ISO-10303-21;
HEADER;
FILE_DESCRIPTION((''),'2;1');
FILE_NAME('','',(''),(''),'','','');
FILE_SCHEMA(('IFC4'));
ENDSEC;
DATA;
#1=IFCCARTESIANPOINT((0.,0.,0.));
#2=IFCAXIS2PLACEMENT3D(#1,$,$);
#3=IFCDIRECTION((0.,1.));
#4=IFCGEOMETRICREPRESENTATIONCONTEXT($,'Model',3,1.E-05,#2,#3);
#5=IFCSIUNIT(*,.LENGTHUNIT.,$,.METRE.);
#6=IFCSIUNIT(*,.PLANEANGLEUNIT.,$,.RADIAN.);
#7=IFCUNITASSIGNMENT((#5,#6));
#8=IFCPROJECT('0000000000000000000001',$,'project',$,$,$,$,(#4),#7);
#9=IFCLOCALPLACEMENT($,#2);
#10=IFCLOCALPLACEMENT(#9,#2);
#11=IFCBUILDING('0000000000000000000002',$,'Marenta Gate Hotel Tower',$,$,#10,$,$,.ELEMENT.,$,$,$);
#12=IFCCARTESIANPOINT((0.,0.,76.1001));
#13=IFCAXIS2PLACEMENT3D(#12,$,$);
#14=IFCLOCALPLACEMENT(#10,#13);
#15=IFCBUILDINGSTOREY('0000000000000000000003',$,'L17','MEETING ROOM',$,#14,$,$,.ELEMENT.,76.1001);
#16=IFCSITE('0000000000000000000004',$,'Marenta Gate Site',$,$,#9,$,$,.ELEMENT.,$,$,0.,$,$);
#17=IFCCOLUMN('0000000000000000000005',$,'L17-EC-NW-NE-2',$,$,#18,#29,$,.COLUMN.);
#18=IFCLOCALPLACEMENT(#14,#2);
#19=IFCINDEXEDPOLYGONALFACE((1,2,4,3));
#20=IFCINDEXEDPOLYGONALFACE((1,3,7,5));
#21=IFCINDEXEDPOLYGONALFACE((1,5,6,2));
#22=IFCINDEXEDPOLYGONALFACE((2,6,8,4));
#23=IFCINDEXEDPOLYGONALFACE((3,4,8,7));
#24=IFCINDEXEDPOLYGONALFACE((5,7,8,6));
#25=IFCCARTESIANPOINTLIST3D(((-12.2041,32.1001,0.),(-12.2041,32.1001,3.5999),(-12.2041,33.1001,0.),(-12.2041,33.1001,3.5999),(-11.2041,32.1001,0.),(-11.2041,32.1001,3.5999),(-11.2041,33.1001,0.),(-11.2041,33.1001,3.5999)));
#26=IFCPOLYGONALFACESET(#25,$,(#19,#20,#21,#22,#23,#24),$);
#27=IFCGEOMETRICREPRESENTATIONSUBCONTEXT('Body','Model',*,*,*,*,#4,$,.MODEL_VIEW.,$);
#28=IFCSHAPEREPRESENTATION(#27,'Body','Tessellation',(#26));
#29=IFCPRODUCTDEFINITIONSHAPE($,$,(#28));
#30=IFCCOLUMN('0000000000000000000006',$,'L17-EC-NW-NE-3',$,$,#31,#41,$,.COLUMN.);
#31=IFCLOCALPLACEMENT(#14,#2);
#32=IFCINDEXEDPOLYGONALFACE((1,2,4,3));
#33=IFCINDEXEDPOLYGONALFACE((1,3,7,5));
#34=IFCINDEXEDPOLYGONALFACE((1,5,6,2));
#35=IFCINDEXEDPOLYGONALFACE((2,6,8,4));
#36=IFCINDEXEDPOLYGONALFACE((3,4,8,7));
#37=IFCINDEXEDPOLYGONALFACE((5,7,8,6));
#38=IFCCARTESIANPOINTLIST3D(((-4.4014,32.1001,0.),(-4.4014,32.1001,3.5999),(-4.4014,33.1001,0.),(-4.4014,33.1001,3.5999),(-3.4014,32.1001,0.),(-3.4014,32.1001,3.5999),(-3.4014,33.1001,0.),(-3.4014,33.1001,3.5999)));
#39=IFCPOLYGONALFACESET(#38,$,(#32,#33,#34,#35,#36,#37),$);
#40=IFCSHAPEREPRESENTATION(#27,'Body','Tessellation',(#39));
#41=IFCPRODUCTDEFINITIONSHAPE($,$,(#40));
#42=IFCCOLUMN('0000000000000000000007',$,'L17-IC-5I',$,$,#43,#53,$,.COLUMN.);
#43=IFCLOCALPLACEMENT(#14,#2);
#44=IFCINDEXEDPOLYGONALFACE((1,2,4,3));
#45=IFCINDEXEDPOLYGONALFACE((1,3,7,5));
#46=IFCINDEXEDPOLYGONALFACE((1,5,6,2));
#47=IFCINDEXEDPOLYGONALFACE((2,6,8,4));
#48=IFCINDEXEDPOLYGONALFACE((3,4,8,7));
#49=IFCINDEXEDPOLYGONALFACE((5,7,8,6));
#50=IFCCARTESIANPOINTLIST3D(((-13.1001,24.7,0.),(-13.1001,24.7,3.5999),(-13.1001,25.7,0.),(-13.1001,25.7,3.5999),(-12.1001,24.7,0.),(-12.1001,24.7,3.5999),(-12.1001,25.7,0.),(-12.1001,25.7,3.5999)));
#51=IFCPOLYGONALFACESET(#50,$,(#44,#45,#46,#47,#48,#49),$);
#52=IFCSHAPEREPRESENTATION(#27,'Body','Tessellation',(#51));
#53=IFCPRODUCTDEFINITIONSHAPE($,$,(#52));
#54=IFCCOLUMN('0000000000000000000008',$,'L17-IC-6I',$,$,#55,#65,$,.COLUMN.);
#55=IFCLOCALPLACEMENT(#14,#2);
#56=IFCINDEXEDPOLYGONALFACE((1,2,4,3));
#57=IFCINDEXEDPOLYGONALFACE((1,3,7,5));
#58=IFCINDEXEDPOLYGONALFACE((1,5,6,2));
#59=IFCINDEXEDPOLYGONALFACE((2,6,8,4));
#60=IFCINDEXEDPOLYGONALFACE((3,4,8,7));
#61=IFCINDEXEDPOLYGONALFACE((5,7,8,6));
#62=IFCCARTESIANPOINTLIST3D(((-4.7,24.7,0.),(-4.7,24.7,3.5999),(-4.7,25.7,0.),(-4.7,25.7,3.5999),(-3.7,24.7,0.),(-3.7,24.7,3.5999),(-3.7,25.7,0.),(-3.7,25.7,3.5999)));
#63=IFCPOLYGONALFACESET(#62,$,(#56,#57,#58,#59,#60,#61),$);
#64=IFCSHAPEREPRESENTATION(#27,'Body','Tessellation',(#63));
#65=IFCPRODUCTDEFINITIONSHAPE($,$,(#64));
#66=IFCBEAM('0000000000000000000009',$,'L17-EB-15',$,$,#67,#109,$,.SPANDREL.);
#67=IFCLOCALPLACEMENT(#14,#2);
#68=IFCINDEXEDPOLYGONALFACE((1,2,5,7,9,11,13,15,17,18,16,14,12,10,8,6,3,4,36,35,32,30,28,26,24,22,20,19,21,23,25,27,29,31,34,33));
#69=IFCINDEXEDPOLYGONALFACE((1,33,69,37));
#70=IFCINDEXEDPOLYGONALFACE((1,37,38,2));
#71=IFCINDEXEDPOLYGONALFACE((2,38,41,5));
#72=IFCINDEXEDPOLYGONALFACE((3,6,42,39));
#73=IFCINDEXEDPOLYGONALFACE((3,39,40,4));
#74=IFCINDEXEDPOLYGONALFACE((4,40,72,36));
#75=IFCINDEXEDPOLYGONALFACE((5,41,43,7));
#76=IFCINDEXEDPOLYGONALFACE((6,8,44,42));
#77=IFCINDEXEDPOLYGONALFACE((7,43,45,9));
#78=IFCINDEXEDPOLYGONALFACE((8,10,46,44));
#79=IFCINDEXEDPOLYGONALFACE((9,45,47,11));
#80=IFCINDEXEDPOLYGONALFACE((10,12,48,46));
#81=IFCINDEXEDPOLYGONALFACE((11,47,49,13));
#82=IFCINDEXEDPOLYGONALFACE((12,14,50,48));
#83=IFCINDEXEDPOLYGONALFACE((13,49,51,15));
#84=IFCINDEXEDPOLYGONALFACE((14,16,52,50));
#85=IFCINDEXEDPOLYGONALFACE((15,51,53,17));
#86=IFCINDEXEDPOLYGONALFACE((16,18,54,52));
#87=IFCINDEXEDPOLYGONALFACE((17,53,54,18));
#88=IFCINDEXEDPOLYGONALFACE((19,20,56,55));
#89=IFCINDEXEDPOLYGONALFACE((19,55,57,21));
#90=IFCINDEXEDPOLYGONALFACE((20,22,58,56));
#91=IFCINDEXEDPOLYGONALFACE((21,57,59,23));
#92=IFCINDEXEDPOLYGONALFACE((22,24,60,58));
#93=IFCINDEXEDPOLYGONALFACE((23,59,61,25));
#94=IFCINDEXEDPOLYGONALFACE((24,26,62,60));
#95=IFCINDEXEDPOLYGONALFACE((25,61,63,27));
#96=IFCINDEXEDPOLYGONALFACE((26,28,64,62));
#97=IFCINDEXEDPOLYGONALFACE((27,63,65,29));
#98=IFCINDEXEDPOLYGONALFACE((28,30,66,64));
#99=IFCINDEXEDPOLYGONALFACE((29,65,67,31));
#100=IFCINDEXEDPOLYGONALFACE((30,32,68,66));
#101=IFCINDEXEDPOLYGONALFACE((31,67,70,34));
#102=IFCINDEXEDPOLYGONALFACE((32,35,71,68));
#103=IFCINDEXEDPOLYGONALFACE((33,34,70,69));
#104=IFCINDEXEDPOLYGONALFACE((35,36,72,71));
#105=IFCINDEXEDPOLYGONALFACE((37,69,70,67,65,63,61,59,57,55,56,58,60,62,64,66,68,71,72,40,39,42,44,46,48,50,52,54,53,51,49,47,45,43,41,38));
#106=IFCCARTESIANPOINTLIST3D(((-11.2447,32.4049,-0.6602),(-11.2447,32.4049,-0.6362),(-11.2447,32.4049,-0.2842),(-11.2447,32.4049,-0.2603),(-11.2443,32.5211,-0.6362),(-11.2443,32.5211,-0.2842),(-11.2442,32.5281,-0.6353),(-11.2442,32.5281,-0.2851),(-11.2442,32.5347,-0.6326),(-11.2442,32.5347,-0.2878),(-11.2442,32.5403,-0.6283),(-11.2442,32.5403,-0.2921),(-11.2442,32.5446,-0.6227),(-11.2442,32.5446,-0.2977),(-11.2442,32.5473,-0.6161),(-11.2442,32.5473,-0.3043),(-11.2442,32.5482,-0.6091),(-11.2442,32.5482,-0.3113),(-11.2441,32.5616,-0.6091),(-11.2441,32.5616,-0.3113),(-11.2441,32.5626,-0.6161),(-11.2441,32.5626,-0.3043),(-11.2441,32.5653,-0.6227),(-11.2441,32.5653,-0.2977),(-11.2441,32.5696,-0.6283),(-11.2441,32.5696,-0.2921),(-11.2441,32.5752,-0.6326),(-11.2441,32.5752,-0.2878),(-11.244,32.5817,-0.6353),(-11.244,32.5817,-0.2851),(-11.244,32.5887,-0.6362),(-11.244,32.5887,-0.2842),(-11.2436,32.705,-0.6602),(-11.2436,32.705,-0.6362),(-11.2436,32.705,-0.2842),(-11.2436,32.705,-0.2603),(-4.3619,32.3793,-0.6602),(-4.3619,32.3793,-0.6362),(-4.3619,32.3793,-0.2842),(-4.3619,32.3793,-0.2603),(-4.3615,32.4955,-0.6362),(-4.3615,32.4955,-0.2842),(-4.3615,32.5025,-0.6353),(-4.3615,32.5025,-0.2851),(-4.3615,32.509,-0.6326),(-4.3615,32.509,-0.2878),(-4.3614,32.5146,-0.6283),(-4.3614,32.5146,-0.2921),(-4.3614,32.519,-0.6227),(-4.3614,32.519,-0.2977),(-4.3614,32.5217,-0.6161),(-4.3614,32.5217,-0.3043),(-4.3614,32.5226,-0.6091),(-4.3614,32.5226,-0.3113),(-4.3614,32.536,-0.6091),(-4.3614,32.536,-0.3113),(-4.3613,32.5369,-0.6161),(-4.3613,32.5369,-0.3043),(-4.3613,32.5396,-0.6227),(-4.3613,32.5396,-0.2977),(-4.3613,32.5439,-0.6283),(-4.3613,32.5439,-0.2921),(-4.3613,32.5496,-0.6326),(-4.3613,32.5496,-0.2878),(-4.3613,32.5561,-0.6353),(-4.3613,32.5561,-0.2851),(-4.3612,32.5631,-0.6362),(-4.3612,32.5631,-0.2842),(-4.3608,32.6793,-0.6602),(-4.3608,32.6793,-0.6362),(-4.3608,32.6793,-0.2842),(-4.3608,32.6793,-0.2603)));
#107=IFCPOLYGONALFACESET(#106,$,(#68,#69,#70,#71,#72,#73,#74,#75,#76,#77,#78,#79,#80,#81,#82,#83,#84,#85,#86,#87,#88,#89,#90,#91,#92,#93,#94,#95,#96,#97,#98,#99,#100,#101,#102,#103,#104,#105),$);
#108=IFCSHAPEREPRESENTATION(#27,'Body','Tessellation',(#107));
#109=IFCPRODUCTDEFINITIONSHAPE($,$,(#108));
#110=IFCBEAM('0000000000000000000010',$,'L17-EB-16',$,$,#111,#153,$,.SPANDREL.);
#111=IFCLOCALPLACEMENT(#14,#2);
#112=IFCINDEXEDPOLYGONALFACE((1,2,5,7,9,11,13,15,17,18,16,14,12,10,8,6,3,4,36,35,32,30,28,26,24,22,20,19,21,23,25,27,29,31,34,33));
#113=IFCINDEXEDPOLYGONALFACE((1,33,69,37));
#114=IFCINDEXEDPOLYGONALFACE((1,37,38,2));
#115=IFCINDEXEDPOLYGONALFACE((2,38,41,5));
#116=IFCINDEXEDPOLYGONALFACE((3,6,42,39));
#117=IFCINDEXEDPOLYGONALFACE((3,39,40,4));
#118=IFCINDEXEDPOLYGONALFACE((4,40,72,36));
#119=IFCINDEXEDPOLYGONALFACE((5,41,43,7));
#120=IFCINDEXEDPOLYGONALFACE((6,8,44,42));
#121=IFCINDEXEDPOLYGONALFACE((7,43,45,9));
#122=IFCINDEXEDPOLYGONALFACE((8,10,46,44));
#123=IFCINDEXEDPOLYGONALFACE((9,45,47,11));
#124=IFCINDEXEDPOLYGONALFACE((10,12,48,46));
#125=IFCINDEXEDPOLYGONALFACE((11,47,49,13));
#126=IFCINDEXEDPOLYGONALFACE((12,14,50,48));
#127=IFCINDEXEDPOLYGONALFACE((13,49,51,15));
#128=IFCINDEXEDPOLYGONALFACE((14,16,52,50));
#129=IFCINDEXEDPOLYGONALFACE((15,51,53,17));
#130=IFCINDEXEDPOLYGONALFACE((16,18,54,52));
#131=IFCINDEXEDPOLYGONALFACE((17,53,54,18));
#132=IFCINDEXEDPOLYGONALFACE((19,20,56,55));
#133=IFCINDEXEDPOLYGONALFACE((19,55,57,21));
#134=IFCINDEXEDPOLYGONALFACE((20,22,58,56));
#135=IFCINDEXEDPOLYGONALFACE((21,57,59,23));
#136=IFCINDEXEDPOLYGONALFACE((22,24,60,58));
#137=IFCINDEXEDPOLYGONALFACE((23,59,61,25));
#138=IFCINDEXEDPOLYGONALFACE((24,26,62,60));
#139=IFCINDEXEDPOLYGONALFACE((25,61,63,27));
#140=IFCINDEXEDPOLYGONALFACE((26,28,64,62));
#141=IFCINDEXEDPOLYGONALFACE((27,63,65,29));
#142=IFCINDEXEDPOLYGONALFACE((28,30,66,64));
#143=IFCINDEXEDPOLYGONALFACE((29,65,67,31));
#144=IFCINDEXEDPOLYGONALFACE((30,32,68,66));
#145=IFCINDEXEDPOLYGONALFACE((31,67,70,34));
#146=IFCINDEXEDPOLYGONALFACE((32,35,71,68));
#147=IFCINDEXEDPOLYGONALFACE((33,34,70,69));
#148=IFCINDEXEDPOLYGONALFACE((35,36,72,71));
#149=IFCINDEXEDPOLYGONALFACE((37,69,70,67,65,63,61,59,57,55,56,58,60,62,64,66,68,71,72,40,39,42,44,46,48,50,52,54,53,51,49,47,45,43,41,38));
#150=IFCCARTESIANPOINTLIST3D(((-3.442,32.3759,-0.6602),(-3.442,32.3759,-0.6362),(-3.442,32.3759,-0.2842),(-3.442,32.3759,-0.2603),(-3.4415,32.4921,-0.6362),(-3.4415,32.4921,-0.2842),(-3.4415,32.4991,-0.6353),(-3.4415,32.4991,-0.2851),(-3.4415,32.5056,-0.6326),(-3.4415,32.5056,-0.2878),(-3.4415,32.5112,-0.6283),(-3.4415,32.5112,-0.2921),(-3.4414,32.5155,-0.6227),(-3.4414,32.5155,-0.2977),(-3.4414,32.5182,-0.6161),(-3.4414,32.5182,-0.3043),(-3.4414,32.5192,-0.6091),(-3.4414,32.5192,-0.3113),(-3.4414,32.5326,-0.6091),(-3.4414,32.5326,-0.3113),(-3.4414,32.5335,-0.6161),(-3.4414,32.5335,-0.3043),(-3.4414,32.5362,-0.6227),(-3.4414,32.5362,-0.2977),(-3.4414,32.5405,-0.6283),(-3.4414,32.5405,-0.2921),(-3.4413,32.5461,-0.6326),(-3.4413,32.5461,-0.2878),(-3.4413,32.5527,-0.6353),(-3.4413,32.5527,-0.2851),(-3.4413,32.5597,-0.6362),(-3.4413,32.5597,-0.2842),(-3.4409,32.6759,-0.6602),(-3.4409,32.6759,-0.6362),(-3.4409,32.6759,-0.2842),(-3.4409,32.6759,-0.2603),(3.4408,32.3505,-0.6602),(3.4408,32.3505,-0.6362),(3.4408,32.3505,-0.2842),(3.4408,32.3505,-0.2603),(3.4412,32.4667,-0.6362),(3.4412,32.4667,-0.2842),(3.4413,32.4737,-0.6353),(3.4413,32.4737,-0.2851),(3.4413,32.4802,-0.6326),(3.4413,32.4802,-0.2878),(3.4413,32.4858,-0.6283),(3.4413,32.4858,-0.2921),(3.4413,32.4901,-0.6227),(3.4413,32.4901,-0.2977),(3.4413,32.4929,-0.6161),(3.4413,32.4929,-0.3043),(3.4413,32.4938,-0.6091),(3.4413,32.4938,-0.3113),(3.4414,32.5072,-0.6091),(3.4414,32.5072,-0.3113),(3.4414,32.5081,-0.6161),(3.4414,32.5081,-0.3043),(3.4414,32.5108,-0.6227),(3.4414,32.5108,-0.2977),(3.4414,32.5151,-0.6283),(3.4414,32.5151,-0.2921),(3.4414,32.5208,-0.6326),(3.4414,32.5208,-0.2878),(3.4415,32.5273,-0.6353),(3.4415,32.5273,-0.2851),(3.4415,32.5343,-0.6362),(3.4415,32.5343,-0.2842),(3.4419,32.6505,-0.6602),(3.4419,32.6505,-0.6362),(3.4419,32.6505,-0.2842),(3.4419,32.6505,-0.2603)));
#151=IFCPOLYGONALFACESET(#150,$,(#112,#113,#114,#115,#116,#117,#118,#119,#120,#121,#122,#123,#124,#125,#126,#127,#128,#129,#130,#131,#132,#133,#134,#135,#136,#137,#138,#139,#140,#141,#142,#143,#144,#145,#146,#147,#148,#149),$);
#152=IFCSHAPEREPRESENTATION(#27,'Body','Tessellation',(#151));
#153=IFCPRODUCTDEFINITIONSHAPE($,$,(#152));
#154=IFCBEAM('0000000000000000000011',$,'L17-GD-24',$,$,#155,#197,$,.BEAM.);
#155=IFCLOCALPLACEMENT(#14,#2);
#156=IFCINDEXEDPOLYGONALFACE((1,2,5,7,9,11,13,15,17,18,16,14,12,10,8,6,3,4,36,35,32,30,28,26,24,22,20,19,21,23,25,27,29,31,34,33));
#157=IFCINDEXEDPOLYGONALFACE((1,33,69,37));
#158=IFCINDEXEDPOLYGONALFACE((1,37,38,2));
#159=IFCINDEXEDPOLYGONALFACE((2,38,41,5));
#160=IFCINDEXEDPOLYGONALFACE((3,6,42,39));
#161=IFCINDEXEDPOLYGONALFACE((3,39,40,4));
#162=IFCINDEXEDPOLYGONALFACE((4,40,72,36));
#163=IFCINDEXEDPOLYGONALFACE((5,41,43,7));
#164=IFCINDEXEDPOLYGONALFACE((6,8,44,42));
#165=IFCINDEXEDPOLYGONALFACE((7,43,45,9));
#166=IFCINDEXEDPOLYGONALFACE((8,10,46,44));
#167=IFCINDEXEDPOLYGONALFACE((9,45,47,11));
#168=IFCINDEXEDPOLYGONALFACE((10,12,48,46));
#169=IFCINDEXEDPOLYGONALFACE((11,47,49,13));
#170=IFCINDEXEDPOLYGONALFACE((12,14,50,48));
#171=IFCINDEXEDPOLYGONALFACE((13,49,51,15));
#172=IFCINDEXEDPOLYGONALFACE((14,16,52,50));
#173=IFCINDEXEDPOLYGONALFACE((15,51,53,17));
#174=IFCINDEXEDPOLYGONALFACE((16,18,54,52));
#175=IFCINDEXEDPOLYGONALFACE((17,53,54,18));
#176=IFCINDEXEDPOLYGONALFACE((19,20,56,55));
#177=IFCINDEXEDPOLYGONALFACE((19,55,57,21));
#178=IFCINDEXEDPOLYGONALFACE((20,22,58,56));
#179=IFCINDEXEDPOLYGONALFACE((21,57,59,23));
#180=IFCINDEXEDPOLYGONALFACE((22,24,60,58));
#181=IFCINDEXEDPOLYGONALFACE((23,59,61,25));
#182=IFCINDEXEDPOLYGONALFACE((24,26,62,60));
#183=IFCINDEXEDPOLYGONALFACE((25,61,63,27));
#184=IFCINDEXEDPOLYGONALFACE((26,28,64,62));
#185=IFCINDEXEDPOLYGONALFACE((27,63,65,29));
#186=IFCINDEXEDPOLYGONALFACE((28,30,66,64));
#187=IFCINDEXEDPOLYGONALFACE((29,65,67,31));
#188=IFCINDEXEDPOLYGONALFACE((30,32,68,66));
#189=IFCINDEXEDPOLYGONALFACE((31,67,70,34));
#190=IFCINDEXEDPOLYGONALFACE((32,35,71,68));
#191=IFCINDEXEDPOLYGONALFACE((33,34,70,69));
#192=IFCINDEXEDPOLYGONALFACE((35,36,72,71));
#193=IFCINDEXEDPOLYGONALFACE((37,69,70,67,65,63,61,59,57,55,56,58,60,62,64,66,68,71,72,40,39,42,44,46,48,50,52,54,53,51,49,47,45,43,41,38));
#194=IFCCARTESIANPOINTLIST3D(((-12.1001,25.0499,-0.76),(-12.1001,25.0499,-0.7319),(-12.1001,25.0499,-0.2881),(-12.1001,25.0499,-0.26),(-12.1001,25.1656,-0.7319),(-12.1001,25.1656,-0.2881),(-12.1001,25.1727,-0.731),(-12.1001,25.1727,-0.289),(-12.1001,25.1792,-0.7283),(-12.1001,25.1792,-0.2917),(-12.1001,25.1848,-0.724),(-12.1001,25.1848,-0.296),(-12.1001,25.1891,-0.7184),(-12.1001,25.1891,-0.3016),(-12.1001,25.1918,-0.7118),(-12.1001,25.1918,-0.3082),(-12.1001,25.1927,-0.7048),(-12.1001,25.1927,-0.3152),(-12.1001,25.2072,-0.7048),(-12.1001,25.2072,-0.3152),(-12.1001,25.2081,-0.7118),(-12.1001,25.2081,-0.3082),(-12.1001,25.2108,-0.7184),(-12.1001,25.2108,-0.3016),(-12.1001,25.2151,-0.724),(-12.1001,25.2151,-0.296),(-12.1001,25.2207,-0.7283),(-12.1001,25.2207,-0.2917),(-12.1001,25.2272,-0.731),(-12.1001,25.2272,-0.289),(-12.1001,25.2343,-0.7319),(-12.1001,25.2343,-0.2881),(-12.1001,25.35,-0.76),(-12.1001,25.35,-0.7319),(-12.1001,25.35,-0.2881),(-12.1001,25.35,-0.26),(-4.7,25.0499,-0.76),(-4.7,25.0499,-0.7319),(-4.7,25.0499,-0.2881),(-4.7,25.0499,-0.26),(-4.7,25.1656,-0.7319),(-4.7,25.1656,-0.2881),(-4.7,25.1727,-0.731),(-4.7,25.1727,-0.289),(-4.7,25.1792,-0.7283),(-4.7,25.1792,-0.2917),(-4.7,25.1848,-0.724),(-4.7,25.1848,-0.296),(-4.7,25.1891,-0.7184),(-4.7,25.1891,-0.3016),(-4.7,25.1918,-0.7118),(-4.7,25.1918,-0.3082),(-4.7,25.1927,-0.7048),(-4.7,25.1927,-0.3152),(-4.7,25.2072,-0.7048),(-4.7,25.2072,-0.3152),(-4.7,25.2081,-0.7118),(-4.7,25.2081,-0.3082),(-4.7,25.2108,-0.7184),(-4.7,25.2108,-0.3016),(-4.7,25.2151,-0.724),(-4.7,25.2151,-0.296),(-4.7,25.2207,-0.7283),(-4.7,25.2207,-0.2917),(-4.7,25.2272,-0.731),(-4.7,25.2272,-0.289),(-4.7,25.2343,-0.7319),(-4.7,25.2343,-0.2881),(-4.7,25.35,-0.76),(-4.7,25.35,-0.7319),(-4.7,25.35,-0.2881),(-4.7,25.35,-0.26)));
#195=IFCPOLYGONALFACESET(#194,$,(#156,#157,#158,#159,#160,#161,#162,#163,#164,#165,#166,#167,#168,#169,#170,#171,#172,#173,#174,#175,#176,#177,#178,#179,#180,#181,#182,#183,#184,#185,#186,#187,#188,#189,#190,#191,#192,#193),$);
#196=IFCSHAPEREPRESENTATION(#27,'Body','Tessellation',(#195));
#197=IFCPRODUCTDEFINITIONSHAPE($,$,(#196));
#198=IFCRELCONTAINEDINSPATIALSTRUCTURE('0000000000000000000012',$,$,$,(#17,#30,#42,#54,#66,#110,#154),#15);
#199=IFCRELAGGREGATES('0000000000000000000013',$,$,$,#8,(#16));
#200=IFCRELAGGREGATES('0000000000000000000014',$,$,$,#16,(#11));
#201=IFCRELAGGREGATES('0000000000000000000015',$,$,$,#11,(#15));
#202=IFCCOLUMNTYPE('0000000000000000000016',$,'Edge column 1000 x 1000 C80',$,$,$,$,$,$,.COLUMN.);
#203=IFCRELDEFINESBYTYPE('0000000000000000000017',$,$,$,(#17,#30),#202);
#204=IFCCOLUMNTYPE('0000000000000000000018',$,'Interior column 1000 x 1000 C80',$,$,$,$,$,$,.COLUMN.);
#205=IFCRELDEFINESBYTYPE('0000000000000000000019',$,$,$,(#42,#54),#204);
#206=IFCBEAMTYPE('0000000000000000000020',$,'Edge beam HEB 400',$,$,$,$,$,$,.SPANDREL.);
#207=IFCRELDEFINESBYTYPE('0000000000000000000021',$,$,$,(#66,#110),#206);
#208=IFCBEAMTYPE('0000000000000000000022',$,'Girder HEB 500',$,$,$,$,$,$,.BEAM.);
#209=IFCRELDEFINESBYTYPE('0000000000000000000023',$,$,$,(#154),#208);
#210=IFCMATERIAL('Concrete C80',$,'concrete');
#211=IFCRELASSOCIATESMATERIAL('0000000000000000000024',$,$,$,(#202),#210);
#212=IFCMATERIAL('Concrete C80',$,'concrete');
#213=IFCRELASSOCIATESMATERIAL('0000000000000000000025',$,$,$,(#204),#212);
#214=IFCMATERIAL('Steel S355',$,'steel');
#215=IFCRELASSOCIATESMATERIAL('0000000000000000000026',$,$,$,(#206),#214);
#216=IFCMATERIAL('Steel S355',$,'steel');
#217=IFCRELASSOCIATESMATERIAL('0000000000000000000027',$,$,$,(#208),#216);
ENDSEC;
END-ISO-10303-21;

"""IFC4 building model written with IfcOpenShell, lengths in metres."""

from ifc_helpers import new_model, si_unit, direction, frame, origin, origin_2d, place, context, subcontext, project, spatial, rectangle, i_section, extrude, material, material_profile, profile_set, type_object, element, save


model = new_model("IFC4")

# Units and contexts
model_context = context("Model", 3, precision=1e-05, world=origin(), true_north=direction((0.0, 1.0)))
body_context = subcontext(model_context, "Body", "Model", "MODEL_VIEW")
ifc_project = project(units=[si_unit("LENGTHUNIT", "METRE"), si_unit("PLANEANGLEUNIT", "RADIAN")], contexts=[model_context])

# Site, building, storey
site_placement = place(None, origin())
site = spatial("IfcSite", under=ifc_project, at=site_placement, Name="Marenta Gate Site", CompositionType="ELEMENT", RefElevation=0.0)
building_placement = place(site_placement, origin())
building = spatial("IfcBuilding", under=site, at=building_placement, Name="Marenta Gate Hotel Tower", CompositionType="ELEMENT")
storey_placement = place(building_placement, frame((0.0, 0.0, 76.1001)))
storey = spatial("IfcBuildingStorey", under=building, at=storey_placement, Name="L17", Description="MEETING ROOM", CompositionType="ELEMENT", Elevation=76.1001)

# Columns
ifc_material_1 = material(Name="Concrete C80", Category="concrete")
ifc_material_profile_1 = material_profile(ifc_material_1, rectangle(XDim=1.0, YDim=1.0, at=origin_2d()), Name="1000 x 1000")
ifc_profile_set_1 = profile_set([ifc_material_profile_1], Name="Concrete C80")
column_type_1 = type_object("IfcColumnType", Name="Edge column 1000 x 1000 C80", PredefinedType="COLUMN", material=ifc_profile_set_1)
for number, where, z_axis, x_axis, name in (
    (1, (-11.7041, 32.6001, 0.0), (0.0, 0.0, 1.0), (1.0, 0.0, 0.0), "L17-EC-NW-NE-2"),
    (2, (-3.9014, 32.6001, 0.0), (0.0, 0.0, 1.0), (1.0, 0.0, 0.0), "L17-EC-NW-NE-3"),
):
    element("IfcColumn", number, at=place(storey_placement, frame(where, z_axis=z_axis, x_axis=x_axis)), inside=storey, type_object=column_type_1, Name=name, PredefinedType="COLUMN", context=body_context, shape_type="SweptSolid", body=[
        extrude(rectangle(XDim=1.0, YDim=1.0, at=origin_2d()), origin(), (0.0, 0.0, 1.0), 3.5999),
    ])
ifc_material_2 = material(Name="Concrete C80", Category="concrete")
ifc_material_profile_2 = material_profile(ifc_material_2, rectangle(XDim=1.0, YDim=1.0, at=origin_2d()), Name="1000 x 1000")
ifc_profile_set_2 = profile_set([ifc_material_profile_2], Name="Concrete C80")
column_type_2 = type_object("IfcColumnType", Name="Interior column 1000 x 1000 C80", PredefinedType="COLUMN", material=ifc_profile_set_2)
for number, where, z_axis, x_axis, name in (
    (3, (-12.6001, 25.2, 0.0), (0.0, 0.0, 1.0), (1.0, 0.0, 0.0), "L17-IC-5I"),
    (4, (-4.2, 25.2, 0.0), (0.0, 0.0, 1.0), (1.0, 0.0, 0.0), "L17-IC-6I"),
):
    element("IfcColumn", number, at=place(storey_placement, frame(where, z_axis=z_axis, x_axis=x_axis)), inside=storey, type_object=column_type_2, Name=name, PredefinedType="COLUMN", context=body_context, shape_type="SweptSolid", body=[
        extrude(rectangle(XDim=1.0, YDim=1.0, at=origin_2d()), origin(), (0.0, 0.0, 1.0), 3.5999),
    ])

# Beams
ifc_material_3 = material(Name="Steel S355", Category="steel")
ifc_material_profile_3 = material_profile(ifc_material_3, i_section(OverallWidth=0.3, OverallDepth=0.3999, WebThickness=0.0134, FlangeThickness=0.0239, FilletRadius=0.0271, at=origin_2d()), Name="HEB 400")
ifc_profile_set_3 = profile_set([ifc_material_profile_3], Name="Steel S355")
beam_type_1 = type_object("IfcBeamType", Name="Edge beam HEB 400", PredefinedType="SPANDREL", material=ifc_profile_set_3)
for number, where, z_axis, x_axis, name in (
    (5, (-11.2441, 32.5549, -0.4602), (0.999993, -0.003724, 0.0), (0.003724, 0.999993, 0.0), "L17-EB-15"),
    (6, (-3.4414, 32.5259, -0.4602), (0.999993, -0.003689, 0.0), (0.003689, 0.999993, 0.0), "L17-EB-16"),
):
    element("IfcBeam", number, at=place(storey_placement, frame(where, z_axis=z_axis, x_axis=x_axis)), inside=storey, type_object=beam_type_1, Name=name, PredefinedType="SPANDREL", context=body_context, shape_type="SweptSolid", body=[
        extrude(i_section(OverallWidth=0.3, OverallDepth=0.3999, WebThickness=0.0134, FlangeThickness=0.0239, FilletRadius=0.0271, at=origin_2d()), origin(), (0.0, 0.0, 1.0), 6.8828),
    ])
ifc_material_4 = material(Name="Steel S355", Category="steel")
ifc_material_profile_4 = material_profile(ifc_material_4, i_section(OverallWidth=0.3, OverallDepth=0.5, WebThickness=0.0144, FlangeThickness=0.0281, FilletRadius=0.0271, at=origin_2d()), Name="HEB 500")
ifc_profile_set_4 = profile_set([ifc_material_profile_4], Name="Steel S355")
beam_type_2 = type_object("IfcBeamType", Name="Girder HEB 500", PredefinedType="BEAM", material=ifc_profile_set_4)
beam_1_placement = place(storey_placement, frame((-12.1001, 25.2, -0.51), z_axis=(1.0, 0.0, 0.0), x_axis=(0.0, 1.0, 0.0)))
element("IfcBeam", 7, at=beam_1_placement, inside=storey, type_object=beam_type_2, Name="L17-GD-24", PredefinedType="BEAM", context=body_context, shape_type="SweptSolid", body=[
    extrude(i_section(OverallWidth=0.3, OverallDepth=0.5, WebThickness=0.0144, FlangeThickness=0.0281, FilletRadius=0.0271, at=origin_2d()), origin(), (0.0, 0.0, 1.0), 7.4001),
])

save(model, "model.ifc")
